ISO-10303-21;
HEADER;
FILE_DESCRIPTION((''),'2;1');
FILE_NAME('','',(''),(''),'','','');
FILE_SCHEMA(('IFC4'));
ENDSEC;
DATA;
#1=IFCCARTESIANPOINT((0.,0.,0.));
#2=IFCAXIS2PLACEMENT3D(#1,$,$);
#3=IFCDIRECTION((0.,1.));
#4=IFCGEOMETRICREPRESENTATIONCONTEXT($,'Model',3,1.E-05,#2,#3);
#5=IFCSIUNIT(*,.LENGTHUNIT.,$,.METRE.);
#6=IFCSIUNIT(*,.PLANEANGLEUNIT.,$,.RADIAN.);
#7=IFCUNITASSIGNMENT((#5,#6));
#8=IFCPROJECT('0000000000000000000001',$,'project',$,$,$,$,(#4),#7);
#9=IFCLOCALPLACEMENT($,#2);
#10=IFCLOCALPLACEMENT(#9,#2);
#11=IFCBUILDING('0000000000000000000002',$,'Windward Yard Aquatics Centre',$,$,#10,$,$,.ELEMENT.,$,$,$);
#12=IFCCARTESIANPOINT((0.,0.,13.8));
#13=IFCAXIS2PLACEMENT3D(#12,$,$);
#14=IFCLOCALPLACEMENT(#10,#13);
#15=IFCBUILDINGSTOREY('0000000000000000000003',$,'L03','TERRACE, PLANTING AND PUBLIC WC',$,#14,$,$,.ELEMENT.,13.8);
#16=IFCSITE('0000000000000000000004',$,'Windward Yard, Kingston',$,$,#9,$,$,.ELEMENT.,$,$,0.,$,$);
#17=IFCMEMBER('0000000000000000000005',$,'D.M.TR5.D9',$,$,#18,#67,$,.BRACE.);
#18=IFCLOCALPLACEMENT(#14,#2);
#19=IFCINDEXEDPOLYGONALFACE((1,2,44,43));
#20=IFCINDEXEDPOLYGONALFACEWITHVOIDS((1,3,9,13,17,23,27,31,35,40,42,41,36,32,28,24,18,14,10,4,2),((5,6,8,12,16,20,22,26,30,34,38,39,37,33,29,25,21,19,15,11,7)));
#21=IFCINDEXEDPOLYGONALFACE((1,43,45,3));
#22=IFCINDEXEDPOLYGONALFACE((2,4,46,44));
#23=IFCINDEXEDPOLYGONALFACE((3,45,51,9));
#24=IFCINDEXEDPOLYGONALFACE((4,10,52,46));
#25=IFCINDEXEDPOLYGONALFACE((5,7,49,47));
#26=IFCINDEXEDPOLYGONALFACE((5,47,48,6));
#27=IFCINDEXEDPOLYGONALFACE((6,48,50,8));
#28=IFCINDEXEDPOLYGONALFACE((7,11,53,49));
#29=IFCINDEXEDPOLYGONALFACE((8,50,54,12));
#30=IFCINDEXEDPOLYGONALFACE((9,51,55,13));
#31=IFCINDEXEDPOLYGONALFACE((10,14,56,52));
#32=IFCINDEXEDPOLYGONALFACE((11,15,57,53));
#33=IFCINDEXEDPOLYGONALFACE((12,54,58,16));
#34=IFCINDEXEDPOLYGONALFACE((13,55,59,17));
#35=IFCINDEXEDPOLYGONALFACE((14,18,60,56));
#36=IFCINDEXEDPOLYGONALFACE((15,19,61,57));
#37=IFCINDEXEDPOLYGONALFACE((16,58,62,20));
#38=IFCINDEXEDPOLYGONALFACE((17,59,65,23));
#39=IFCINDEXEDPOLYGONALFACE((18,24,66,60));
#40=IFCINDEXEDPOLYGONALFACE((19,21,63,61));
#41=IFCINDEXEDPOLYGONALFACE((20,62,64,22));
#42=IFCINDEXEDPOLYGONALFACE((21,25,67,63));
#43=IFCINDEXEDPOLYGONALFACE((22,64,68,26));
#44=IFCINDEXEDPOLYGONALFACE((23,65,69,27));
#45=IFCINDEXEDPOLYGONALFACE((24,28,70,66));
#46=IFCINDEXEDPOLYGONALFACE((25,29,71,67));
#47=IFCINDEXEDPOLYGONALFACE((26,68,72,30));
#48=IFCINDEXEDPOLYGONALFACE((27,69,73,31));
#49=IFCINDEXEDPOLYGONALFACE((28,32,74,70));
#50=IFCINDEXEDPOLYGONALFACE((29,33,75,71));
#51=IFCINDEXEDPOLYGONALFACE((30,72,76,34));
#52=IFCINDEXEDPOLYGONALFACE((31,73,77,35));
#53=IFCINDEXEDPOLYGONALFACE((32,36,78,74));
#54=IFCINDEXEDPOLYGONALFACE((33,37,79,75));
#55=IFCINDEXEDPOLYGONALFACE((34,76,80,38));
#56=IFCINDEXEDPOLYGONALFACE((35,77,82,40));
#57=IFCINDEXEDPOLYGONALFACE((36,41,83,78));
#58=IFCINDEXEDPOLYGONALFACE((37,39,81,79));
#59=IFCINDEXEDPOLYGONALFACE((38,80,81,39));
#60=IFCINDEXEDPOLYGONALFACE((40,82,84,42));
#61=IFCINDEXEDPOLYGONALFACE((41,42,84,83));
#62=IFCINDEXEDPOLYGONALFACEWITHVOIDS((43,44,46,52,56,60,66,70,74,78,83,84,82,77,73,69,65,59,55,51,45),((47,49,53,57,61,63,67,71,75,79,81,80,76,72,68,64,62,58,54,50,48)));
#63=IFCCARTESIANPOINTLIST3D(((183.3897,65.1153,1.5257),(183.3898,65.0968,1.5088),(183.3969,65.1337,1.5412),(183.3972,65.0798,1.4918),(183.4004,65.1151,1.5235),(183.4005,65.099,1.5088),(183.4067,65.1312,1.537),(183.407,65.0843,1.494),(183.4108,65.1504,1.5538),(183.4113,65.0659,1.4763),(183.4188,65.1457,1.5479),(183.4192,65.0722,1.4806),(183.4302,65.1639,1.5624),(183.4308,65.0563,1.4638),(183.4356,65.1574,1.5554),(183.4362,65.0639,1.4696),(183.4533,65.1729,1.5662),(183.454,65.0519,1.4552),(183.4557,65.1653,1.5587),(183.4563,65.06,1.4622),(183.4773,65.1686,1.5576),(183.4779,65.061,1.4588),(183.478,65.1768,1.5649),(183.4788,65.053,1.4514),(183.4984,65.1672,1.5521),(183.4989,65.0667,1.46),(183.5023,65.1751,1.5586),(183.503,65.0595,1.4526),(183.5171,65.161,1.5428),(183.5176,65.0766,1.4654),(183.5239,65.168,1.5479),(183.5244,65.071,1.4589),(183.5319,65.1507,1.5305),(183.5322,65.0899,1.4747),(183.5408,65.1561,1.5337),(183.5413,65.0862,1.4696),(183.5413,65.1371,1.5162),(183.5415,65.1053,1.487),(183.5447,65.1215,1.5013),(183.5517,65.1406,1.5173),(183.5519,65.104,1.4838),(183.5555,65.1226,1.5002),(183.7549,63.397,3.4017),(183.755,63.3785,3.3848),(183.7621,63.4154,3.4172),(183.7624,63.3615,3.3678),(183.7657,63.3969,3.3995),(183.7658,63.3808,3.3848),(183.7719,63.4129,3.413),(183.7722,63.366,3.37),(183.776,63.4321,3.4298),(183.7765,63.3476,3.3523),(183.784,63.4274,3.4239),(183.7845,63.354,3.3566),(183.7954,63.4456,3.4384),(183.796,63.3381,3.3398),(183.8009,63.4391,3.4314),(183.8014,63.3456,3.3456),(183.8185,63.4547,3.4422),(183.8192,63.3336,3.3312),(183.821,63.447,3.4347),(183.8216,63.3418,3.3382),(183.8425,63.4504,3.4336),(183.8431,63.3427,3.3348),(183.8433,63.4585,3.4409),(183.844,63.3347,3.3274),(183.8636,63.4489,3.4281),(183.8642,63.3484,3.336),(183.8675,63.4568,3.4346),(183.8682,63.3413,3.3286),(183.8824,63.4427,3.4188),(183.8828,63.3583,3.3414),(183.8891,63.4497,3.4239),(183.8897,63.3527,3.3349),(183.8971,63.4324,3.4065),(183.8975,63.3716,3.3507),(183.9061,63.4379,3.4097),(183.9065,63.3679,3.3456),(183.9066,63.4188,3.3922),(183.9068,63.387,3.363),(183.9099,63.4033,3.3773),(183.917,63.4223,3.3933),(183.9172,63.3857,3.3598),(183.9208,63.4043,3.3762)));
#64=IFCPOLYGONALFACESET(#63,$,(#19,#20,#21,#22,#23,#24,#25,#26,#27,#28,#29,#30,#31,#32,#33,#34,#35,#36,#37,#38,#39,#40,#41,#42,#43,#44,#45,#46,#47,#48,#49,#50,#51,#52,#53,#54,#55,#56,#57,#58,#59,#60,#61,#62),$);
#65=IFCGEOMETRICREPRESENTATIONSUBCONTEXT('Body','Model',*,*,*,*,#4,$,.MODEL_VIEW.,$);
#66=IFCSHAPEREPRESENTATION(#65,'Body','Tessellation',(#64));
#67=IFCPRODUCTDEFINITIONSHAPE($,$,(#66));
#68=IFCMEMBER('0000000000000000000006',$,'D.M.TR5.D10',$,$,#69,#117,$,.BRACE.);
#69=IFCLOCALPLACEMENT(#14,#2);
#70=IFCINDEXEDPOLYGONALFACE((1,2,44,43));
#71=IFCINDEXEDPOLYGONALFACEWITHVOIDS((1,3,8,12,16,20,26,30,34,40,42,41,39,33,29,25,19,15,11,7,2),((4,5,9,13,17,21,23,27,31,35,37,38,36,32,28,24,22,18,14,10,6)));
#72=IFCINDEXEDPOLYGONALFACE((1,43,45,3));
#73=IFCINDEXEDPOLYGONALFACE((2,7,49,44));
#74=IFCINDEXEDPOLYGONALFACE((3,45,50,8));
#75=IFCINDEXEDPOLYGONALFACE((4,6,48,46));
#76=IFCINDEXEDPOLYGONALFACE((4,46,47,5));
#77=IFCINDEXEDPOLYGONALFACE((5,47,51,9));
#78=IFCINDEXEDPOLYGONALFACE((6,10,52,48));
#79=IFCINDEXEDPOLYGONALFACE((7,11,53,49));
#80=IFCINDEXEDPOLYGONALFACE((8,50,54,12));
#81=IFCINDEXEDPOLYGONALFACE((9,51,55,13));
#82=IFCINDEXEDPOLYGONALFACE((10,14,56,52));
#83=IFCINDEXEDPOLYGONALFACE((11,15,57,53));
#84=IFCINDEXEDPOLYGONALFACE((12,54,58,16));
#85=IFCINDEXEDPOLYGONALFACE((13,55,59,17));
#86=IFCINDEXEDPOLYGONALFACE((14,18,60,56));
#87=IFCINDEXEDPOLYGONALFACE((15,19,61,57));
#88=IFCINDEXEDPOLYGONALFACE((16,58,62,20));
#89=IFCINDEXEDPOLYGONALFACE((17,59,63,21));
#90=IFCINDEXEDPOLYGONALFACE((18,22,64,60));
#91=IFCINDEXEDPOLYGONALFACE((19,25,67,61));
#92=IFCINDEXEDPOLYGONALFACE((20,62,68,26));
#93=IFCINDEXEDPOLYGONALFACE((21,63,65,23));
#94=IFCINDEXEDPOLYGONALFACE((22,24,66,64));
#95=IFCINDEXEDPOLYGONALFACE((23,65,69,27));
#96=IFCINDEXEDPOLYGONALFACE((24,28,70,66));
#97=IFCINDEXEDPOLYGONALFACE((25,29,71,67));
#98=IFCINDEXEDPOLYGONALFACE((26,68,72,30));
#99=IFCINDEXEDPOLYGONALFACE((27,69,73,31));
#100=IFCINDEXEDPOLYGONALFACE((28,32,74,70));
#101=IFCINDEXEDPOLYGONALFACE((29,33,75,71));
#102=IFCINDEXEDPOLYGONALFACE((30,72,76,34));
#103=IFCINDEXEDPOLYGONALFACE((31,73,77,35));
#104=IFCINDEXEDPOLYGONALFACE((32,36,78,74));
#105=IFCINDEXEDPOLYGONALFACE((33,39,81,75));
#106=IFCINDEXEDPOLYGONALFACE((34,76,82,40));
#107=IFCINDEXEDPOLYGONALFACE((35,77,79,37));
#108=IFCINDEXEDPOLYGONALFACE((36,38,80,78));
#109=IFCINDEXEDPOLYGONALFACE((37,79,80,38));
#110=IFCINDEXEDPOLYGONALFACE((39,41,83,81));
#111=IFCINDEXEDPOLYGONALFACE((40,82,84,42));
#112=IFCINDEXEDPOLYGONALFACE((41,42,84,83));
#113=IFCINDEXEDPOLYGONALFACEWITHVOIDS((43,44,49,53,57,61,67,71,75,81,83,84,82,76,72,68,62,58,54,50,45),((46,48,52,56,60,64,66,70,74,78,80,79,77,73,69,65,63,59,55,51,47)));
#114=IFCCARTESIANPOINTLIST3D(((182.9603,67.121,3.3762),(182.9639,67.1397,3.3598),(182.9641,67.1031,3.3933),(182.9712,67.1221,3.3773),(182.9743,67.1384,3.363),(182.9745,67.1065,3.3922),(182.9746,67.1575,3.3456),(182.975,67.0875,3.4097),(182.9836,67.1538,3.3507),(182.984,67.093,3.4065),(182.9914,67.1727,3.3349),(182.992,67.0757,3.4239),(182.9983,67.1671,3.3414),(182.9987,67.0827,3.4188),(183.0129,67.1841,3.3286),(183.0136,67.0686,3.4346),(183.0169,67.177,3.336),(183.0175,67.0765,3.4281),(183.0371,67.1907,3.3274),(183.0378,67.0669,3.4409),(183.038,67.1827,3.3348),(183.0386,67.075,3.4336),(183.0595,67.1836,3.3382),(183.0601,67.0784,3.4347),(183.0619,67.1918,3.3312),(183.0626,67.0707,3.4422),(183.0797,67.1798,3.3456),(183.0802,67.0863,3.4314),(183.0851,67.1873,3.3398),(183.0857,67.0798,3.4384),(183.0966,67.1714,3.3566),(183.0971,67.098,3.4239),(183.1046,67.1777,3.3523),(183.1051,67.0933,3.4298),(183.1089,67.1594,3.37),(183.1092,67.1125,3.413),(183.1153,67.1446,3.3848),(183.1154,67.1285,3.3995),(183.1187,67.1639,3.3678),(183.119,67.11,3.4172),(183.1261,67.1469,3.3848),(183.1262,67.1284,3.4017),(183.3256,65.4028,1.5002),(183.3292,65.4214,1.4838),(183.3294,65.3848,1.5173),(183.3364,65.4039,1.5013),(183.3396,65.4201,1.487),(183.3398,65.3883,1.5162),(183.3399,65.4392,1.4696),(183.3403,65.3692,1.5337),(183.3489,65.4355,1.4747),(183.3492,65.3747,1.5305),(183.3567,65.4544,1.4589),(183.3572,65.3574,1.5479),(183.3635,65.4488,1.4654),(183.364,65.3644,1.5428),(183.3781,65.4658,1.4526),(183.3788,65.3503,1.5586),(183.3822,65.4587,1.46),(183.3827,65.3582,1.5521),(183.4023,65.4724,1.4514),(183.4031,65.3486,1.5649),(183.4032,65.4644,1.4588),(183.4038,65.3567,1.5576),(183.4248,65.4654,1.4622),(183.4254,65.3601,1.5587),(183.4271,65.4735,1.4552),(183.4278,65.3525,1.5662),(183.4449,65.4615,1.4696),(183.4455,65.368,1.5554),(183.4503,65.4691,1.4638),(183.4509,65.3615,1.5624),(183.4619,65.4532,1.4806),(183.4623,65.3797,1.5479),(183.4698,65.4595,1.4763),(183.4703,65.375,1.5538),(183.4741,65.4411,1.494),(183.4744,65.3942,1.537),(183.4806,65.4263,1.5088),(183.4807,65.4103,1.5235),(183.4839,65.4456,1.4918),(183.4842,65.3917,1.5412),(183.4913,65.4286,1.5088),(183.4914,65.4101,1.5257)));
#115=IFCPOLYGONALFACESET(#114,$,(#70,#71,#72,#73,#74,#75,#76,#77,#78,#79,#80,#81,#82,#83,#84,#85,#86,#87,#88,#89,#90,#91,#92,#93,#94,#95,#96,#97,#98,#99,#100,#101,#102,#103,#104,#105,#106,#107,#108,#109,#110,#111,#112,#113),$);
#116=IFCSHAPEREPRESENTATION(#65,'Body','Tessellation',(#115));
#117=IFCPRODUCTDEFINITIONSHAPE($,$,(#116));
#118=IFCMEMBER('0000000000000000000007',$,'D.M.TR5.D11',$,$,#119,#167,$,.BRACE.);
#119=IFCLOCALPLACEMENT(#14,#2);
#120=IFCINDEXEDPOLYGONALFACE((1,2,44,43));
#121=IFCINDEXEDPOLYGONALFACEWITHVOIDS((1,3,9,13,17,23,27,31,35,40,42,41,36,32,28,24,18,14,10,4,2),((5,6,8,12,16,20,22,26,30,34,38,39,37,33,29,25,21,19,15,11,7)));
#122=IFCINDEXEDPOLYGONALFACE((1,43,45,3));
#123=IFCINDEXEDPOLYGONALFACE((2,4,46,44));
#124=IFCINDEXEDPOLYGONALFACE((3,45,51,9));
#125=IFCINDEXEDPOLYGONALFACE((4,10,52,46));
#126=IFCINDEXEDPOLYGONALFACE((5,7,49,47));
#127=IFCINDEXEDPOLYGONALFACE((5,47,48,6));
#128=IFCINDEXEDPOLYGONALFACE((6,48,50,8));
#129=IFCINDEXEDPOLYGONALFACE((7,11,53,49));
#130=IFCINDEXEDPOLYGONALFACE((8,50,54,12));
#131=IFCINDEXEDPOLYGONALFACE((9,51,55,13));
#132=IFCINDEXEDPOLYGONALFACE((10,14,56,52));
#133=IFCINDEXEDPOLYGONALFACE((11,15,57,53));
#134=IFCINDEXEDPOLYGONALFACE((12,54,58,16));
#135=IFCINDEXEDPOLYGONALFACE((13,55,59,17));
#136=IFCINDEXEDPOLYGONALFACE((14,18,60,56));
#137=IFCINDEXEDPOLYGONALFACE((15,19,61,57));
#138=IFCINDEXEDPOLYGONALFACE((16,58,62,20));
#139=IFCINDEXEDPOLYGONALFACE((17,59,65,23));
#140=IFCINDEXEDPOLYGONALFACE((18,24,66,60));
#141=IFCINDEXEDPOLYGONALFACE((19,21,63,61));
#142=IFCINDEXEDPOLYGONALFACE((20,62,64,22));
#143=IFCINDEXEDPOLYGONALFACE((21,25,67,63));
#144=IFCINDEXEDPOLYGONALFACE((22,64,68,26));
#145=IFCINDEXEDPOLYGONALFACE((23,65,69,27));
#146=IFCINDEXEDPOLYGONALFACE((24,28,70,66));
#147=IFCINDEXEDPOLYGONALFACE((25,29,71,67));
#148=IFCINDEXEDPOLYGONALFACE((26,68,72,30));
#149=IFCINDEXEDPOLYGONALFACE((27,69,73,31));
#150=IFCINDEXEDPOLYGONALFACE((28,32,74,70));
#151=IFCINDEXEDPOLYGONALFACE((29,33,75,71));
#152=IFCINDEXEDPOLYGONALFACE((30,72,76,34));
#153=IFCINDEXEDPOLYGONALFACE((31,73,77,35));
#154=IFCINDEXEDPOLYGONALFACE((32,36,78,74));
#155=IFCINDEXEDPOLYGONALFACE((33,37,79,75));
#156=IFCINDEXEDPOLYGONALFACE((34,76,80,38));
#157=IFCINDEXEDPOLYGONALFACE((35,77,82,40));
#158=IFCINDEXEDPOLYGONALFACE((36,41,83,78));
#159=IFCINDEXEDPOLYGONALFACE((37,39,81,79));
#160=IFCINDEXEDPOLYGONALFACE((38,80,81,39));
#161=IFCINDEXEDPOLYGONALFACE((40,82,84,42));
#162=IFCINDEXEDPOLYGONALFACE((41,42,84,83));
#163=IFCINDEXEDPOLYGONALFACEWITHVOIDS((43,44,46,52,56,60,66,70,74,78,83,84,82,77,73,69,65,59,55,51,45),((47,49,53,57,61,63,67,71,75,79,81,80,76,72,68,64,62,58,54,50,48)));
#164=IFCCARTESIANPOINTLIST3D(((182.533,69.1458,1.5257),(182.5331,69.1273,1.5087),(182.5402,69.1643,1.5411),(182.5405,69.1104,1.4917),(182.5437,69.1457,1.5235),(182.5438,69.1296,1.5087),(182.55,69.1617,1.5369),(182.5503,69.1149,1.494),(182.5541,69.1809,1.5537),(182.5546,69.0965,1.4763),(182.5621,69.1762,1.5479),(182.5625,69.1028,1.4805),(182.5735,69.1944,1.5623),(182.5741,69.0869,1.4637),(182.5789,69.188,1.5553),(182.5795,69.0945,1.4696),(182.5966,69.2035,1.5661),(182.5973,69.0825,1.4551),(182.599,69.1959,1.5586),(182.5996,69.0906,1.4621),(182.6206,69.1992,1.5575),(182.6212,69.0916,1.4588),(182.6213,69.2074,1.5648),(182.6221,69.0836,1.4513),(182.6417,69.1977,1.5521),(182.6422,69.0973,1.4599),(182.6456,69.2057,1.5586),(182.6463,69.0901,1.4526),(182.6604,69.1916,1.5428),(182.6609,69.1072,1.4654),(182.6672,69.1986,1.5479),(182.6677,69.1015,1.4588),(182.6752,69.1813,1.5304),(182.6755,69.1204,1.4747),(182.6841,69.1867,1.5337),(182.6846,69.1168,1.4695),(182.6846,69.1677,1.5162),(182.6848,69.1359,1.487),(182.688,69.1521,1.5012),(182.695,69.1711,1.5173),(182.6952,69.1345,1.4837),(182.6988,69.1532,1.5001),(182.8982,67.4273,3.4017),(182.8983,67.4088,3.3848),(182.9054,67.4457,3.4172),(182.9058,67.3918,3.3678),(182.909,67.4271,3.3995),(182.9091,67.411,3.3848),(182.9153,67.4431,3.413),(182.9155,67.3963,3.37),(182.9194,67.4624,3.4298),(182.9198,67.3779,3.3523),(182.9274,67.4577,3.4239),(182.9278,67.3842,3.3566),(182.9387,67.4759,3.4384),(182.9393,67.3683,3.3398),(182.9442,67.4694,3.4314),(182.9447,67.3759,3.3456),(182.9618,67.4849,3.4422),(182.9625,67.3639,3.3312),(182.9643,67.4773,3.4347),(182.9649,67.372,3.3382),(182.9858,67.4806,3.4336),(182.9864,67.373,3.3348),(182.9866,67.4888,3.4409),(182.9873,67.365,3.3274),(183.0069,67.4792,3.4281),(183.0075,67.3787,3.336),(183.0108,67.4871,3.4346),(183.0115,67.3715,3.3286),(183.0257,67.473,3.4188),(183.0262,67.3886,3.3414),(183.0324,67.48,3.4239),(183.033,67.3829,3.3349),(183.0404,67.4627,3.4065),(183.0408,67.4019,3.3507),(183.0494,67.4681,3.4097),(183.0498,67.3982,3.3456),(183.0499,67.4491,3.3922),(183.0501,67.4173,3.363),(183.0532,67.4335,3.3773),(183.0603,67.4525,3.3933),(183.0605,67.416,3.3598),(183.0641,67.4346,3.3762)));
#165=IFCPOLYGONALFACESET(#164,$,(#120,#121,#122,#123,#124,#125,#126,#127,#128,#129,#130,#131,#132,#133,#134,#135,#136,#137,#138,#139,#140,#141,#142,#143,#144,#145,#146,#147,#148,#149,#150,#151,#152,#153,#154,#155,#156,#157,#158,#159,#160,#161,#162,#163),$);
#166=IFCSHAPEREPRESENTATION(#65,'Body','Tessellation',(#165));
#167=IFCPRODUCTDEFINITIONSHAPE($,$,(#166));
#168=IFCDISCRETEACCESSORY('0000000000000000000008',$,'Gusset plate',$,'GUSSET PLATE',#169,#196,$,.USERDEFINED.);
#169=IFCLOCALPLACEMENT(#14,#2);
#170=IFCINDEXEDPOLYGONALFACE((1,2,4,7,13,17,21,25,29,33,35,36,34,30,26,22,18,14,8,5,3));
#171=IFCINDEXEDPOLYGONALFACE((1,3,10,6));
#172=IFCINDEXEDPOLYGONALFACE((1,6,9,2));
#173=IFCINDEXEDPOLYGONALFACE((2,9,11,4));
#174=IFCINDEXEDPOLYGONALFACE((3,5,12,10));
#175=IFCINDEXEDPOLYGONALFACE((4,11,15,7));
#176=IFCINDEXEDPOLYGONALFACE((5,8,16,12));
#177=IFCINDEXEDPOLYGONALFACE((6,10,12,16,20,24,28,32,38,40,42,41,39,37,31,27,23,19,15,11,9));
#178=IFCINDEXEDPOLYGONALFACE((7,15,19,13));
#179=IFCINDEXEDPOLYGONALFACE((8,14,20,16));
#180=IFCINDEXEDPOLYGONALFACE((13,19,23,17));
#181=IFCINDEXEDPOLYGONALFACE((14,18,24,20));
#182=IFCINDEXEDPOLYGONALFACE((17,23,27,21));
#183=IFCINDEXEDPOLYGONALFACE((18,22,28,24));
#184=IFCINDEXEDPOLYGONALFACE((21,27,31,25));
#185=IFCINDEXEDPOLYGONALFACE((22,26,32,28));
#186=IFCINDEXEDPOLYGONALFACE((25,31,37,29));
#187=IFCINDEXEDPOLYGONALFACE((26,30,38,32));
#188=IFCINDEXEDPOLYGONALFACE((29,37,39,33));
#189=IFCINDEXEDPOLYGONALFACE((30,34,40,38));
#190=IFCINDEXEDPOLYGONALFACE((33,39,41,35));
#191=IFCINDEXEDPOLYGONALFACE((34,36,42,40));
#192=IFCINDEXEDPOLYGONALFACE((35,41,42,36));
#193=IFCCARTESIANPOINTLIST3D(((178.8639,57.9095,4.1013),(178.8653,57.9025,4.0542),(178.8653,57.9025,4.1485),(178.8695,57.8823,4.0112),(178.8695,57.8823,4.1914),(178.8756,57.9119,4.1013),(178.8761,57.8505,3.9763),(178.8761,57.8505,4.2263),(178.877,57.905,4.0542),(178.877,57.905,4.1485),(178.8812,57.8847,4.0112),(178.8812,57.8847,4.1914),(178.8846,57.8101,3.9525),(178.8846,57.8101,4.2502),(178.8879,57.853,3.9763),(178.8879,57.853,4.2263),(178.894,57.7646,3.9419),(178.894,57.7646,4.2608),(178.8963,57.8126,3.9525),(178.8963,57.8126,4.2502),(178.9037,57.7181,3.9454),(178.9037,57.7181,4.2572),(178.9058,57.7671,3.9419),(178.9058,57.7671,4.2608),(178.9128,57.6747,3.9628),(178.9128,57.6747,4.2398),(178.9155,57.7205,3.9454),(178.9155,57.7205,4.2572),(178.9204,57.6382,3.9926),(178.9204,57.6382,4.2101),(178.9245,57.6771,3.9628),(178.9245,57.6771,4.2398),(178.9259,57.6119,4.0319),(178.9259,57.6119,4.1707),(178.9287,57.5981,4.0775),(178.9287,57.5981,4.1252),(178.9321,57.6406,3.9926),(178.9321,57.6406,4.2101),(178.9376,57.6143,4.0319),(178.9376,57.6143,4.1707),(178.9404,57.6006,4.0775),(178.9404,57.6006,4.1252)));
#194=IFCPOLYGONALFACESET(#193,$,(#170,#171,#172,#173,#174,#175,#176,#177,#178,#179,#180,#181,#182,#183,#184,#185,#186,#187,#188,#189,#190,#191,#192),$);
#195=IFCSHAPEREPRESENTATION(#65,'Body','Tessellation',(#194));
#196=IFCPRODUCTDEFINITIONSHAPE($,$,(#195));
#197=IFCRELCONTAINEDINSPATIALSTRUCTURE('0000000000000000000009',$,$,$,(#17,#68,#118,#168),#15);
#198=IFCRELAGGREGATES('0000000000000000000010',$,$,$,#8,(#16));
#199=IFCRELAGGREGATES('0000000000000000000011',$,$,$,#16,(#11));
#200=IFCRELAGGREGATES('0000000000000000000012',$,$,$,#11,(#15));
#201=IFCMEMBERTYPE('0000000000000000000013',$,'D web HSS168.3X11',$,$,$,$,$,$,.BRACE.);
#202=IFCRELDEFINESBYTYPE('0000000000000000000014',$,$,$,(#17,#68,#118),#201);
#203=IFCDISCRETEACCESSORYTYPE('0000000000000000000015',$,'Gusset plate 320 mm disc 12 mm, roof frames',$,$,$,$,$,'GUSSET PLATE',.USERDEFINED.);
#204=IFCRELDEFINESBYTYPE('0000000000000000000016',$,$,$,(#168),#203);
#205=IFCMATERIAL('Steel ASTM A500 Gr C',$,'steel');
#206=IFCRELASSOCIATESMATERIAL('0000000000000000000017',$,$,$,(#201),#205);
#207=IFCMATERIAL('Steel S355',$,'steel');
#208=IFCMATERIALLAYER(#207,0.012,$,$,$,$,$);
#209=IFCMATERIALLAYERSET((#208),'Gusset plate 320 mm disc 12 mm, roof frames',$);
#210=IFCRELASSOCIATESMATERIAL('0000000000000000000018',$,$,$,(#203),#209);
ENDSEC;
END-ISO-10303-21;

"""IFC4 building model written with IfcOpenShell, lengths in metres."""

from ifc_helpers import new_model, si_unit, direction, frame, origin, origin_2d, place, context, subcontext, project, spatial, circle, hollow_circle, extrude, material, layer, layer_set, material_profile, profile_set, type_object, element, save


model = new_model("IFC4")

# Units and contexts
model_context = context("Model", 3, precision=1e-05, world=origin(), true_north=direction((0.0, 1.0)))
body_context = subcontext(model_context, "Body", "Model", "MODEL_VIEW")
ifc_project = project(units=[si_unit("LENGTHUNIT", "METRE"), si_unit("PLANEANGLEUNIT", "RADIAN")], contexts=[model_context])

# Site, building, storey
site_placement = place(None, origin())
site = spatial("IfcSite", under=ifc_project, at=site_placement, Name="Windward Yard, Kingston", CompositionType="ELEMENT", RefElevation=0.0)
building_placement = place(site_placement, origin())
building = spatial("IfcBuilding", under=site, at=building_placement, Name="Windward Yard Aquatics Centre", CompositionType="ELEMENT")
storey_placement = place(building_placement, frame((0.0, 0.0, 13.8)))
storey = spatial("IfcBuildingStorey", under=building, at=storey_placement, Name="L03", Description="TERRACE, PLANTING AND PUBLIC WC", CompositionType="ELEMENT", Elevation=13.8)

# Members
ifc_material_1 = material(Name="Steel ASTM A500 Gr C", Category="steel")
ifc_material_profile_1 = material_profile(ifc_material_1, hollow_circle(Radius=0.0842, WallThickness=0.011, at=origin_2d()), Name="HSS168.3X11")
ifc_profile_set_1 = profile_set([ifc_material_profile_1], Name="Steel ASTM A500 Gr C")
member_type_1 = type_object("IfcMemberType", Name="D web HSS168.3X11", PredefinedType="BRACE", material=ifc_profile_set_1)
for number, where, z_axis, x_axis, name in (
    (1, (183.8374, 63.396, 3.3848), (-0.142112, 0.668574, -0.729941), (-0.978147, -0.207915, 0.0), "D.M.TR5.D9"),
    (2, (183.0437, 67.1294, 3.3848), (0.142112, -0.668574, -0.729941), (0.978147, 0.207915, 0.0), "D.M.TR5.D10"),
):
    element("IfcMember", number, at=place(storey_placement, frame(where, z_axis=z_axis, x_axis=x_axis)), inside=storey, type_object=member_type_1, Name=name, PredefinedType="BRACE", context=body_context, shape_type="SweptSolid", body=[
        extrude(hollow_circle(Radius=0.0842, WallThickness=0.011, at=origin_2d()), origin(), (0.0, 0.0, 1.0), 2.5701),
    ])
member_1_placement = place(storey_placement, frame((182.9807, 67.4263, 3.3848), z_axis=(-0.142103, 0.668626, -0.729894), x_axis=(-0.978153, -0.207887, 0.0)))
element("IfcMember", 3, at=member_1_placement, inside=storey, type_object=member_type_1, Name="D.M.TR5.D11", PredefinedType="BRACE", context=body_context, shape_type="SweptSolid", body=[
    extrude(hollow_circle(Radius=0.0842, WallThickness=0.011, at=origin_2d()), origin(), (0.0, 0.0, 1.0), 2.5703),
])

# Discrete accessory
ifc_material_2 = material(Name="Steel S355", Category="steel")
ifc_layer = layer(ifc_material_2, 0.012)
ifc_layer_set = layer_set([ifc_layer], Name="Gusset plate 320 mm disc 12 mm, roof frames")
discrete_accessory_type = type_object("IfcDiscreteAccessoryType", Name="Gusset plate 320 mm disc 12 mm, roof frames", ElementType="GUSSET PLATE", PredefinedType="USERDEFINED", material=ifc_layer_set)
for number, where, z_axis, x_axis, name in (
    (4, (178.8965, 57.7529, 4.1013), (0.97898, 0.203954, 0.0), (-0.203954, 0.97898, 0.0), "Gusset plate"),
):
    element("IfcDiscreteAccessory", number, at=place(storey_placement, frame(where, z_axis=z_axis, x_axis=x_axis)), inside=storey, type_object=discrete_accessory_type, Name=name, ObjectType="GUSSET PLATE", PredefinedType="USERDEFINED", context=body_context, shape_type="SweptSolid", body=[
        extrude(circle(Radius=0.1599, at=origin_2d()), origin(), (0.0, 0.0, 1.0), 0.012),
    ])

save(model, "model.ifc")
